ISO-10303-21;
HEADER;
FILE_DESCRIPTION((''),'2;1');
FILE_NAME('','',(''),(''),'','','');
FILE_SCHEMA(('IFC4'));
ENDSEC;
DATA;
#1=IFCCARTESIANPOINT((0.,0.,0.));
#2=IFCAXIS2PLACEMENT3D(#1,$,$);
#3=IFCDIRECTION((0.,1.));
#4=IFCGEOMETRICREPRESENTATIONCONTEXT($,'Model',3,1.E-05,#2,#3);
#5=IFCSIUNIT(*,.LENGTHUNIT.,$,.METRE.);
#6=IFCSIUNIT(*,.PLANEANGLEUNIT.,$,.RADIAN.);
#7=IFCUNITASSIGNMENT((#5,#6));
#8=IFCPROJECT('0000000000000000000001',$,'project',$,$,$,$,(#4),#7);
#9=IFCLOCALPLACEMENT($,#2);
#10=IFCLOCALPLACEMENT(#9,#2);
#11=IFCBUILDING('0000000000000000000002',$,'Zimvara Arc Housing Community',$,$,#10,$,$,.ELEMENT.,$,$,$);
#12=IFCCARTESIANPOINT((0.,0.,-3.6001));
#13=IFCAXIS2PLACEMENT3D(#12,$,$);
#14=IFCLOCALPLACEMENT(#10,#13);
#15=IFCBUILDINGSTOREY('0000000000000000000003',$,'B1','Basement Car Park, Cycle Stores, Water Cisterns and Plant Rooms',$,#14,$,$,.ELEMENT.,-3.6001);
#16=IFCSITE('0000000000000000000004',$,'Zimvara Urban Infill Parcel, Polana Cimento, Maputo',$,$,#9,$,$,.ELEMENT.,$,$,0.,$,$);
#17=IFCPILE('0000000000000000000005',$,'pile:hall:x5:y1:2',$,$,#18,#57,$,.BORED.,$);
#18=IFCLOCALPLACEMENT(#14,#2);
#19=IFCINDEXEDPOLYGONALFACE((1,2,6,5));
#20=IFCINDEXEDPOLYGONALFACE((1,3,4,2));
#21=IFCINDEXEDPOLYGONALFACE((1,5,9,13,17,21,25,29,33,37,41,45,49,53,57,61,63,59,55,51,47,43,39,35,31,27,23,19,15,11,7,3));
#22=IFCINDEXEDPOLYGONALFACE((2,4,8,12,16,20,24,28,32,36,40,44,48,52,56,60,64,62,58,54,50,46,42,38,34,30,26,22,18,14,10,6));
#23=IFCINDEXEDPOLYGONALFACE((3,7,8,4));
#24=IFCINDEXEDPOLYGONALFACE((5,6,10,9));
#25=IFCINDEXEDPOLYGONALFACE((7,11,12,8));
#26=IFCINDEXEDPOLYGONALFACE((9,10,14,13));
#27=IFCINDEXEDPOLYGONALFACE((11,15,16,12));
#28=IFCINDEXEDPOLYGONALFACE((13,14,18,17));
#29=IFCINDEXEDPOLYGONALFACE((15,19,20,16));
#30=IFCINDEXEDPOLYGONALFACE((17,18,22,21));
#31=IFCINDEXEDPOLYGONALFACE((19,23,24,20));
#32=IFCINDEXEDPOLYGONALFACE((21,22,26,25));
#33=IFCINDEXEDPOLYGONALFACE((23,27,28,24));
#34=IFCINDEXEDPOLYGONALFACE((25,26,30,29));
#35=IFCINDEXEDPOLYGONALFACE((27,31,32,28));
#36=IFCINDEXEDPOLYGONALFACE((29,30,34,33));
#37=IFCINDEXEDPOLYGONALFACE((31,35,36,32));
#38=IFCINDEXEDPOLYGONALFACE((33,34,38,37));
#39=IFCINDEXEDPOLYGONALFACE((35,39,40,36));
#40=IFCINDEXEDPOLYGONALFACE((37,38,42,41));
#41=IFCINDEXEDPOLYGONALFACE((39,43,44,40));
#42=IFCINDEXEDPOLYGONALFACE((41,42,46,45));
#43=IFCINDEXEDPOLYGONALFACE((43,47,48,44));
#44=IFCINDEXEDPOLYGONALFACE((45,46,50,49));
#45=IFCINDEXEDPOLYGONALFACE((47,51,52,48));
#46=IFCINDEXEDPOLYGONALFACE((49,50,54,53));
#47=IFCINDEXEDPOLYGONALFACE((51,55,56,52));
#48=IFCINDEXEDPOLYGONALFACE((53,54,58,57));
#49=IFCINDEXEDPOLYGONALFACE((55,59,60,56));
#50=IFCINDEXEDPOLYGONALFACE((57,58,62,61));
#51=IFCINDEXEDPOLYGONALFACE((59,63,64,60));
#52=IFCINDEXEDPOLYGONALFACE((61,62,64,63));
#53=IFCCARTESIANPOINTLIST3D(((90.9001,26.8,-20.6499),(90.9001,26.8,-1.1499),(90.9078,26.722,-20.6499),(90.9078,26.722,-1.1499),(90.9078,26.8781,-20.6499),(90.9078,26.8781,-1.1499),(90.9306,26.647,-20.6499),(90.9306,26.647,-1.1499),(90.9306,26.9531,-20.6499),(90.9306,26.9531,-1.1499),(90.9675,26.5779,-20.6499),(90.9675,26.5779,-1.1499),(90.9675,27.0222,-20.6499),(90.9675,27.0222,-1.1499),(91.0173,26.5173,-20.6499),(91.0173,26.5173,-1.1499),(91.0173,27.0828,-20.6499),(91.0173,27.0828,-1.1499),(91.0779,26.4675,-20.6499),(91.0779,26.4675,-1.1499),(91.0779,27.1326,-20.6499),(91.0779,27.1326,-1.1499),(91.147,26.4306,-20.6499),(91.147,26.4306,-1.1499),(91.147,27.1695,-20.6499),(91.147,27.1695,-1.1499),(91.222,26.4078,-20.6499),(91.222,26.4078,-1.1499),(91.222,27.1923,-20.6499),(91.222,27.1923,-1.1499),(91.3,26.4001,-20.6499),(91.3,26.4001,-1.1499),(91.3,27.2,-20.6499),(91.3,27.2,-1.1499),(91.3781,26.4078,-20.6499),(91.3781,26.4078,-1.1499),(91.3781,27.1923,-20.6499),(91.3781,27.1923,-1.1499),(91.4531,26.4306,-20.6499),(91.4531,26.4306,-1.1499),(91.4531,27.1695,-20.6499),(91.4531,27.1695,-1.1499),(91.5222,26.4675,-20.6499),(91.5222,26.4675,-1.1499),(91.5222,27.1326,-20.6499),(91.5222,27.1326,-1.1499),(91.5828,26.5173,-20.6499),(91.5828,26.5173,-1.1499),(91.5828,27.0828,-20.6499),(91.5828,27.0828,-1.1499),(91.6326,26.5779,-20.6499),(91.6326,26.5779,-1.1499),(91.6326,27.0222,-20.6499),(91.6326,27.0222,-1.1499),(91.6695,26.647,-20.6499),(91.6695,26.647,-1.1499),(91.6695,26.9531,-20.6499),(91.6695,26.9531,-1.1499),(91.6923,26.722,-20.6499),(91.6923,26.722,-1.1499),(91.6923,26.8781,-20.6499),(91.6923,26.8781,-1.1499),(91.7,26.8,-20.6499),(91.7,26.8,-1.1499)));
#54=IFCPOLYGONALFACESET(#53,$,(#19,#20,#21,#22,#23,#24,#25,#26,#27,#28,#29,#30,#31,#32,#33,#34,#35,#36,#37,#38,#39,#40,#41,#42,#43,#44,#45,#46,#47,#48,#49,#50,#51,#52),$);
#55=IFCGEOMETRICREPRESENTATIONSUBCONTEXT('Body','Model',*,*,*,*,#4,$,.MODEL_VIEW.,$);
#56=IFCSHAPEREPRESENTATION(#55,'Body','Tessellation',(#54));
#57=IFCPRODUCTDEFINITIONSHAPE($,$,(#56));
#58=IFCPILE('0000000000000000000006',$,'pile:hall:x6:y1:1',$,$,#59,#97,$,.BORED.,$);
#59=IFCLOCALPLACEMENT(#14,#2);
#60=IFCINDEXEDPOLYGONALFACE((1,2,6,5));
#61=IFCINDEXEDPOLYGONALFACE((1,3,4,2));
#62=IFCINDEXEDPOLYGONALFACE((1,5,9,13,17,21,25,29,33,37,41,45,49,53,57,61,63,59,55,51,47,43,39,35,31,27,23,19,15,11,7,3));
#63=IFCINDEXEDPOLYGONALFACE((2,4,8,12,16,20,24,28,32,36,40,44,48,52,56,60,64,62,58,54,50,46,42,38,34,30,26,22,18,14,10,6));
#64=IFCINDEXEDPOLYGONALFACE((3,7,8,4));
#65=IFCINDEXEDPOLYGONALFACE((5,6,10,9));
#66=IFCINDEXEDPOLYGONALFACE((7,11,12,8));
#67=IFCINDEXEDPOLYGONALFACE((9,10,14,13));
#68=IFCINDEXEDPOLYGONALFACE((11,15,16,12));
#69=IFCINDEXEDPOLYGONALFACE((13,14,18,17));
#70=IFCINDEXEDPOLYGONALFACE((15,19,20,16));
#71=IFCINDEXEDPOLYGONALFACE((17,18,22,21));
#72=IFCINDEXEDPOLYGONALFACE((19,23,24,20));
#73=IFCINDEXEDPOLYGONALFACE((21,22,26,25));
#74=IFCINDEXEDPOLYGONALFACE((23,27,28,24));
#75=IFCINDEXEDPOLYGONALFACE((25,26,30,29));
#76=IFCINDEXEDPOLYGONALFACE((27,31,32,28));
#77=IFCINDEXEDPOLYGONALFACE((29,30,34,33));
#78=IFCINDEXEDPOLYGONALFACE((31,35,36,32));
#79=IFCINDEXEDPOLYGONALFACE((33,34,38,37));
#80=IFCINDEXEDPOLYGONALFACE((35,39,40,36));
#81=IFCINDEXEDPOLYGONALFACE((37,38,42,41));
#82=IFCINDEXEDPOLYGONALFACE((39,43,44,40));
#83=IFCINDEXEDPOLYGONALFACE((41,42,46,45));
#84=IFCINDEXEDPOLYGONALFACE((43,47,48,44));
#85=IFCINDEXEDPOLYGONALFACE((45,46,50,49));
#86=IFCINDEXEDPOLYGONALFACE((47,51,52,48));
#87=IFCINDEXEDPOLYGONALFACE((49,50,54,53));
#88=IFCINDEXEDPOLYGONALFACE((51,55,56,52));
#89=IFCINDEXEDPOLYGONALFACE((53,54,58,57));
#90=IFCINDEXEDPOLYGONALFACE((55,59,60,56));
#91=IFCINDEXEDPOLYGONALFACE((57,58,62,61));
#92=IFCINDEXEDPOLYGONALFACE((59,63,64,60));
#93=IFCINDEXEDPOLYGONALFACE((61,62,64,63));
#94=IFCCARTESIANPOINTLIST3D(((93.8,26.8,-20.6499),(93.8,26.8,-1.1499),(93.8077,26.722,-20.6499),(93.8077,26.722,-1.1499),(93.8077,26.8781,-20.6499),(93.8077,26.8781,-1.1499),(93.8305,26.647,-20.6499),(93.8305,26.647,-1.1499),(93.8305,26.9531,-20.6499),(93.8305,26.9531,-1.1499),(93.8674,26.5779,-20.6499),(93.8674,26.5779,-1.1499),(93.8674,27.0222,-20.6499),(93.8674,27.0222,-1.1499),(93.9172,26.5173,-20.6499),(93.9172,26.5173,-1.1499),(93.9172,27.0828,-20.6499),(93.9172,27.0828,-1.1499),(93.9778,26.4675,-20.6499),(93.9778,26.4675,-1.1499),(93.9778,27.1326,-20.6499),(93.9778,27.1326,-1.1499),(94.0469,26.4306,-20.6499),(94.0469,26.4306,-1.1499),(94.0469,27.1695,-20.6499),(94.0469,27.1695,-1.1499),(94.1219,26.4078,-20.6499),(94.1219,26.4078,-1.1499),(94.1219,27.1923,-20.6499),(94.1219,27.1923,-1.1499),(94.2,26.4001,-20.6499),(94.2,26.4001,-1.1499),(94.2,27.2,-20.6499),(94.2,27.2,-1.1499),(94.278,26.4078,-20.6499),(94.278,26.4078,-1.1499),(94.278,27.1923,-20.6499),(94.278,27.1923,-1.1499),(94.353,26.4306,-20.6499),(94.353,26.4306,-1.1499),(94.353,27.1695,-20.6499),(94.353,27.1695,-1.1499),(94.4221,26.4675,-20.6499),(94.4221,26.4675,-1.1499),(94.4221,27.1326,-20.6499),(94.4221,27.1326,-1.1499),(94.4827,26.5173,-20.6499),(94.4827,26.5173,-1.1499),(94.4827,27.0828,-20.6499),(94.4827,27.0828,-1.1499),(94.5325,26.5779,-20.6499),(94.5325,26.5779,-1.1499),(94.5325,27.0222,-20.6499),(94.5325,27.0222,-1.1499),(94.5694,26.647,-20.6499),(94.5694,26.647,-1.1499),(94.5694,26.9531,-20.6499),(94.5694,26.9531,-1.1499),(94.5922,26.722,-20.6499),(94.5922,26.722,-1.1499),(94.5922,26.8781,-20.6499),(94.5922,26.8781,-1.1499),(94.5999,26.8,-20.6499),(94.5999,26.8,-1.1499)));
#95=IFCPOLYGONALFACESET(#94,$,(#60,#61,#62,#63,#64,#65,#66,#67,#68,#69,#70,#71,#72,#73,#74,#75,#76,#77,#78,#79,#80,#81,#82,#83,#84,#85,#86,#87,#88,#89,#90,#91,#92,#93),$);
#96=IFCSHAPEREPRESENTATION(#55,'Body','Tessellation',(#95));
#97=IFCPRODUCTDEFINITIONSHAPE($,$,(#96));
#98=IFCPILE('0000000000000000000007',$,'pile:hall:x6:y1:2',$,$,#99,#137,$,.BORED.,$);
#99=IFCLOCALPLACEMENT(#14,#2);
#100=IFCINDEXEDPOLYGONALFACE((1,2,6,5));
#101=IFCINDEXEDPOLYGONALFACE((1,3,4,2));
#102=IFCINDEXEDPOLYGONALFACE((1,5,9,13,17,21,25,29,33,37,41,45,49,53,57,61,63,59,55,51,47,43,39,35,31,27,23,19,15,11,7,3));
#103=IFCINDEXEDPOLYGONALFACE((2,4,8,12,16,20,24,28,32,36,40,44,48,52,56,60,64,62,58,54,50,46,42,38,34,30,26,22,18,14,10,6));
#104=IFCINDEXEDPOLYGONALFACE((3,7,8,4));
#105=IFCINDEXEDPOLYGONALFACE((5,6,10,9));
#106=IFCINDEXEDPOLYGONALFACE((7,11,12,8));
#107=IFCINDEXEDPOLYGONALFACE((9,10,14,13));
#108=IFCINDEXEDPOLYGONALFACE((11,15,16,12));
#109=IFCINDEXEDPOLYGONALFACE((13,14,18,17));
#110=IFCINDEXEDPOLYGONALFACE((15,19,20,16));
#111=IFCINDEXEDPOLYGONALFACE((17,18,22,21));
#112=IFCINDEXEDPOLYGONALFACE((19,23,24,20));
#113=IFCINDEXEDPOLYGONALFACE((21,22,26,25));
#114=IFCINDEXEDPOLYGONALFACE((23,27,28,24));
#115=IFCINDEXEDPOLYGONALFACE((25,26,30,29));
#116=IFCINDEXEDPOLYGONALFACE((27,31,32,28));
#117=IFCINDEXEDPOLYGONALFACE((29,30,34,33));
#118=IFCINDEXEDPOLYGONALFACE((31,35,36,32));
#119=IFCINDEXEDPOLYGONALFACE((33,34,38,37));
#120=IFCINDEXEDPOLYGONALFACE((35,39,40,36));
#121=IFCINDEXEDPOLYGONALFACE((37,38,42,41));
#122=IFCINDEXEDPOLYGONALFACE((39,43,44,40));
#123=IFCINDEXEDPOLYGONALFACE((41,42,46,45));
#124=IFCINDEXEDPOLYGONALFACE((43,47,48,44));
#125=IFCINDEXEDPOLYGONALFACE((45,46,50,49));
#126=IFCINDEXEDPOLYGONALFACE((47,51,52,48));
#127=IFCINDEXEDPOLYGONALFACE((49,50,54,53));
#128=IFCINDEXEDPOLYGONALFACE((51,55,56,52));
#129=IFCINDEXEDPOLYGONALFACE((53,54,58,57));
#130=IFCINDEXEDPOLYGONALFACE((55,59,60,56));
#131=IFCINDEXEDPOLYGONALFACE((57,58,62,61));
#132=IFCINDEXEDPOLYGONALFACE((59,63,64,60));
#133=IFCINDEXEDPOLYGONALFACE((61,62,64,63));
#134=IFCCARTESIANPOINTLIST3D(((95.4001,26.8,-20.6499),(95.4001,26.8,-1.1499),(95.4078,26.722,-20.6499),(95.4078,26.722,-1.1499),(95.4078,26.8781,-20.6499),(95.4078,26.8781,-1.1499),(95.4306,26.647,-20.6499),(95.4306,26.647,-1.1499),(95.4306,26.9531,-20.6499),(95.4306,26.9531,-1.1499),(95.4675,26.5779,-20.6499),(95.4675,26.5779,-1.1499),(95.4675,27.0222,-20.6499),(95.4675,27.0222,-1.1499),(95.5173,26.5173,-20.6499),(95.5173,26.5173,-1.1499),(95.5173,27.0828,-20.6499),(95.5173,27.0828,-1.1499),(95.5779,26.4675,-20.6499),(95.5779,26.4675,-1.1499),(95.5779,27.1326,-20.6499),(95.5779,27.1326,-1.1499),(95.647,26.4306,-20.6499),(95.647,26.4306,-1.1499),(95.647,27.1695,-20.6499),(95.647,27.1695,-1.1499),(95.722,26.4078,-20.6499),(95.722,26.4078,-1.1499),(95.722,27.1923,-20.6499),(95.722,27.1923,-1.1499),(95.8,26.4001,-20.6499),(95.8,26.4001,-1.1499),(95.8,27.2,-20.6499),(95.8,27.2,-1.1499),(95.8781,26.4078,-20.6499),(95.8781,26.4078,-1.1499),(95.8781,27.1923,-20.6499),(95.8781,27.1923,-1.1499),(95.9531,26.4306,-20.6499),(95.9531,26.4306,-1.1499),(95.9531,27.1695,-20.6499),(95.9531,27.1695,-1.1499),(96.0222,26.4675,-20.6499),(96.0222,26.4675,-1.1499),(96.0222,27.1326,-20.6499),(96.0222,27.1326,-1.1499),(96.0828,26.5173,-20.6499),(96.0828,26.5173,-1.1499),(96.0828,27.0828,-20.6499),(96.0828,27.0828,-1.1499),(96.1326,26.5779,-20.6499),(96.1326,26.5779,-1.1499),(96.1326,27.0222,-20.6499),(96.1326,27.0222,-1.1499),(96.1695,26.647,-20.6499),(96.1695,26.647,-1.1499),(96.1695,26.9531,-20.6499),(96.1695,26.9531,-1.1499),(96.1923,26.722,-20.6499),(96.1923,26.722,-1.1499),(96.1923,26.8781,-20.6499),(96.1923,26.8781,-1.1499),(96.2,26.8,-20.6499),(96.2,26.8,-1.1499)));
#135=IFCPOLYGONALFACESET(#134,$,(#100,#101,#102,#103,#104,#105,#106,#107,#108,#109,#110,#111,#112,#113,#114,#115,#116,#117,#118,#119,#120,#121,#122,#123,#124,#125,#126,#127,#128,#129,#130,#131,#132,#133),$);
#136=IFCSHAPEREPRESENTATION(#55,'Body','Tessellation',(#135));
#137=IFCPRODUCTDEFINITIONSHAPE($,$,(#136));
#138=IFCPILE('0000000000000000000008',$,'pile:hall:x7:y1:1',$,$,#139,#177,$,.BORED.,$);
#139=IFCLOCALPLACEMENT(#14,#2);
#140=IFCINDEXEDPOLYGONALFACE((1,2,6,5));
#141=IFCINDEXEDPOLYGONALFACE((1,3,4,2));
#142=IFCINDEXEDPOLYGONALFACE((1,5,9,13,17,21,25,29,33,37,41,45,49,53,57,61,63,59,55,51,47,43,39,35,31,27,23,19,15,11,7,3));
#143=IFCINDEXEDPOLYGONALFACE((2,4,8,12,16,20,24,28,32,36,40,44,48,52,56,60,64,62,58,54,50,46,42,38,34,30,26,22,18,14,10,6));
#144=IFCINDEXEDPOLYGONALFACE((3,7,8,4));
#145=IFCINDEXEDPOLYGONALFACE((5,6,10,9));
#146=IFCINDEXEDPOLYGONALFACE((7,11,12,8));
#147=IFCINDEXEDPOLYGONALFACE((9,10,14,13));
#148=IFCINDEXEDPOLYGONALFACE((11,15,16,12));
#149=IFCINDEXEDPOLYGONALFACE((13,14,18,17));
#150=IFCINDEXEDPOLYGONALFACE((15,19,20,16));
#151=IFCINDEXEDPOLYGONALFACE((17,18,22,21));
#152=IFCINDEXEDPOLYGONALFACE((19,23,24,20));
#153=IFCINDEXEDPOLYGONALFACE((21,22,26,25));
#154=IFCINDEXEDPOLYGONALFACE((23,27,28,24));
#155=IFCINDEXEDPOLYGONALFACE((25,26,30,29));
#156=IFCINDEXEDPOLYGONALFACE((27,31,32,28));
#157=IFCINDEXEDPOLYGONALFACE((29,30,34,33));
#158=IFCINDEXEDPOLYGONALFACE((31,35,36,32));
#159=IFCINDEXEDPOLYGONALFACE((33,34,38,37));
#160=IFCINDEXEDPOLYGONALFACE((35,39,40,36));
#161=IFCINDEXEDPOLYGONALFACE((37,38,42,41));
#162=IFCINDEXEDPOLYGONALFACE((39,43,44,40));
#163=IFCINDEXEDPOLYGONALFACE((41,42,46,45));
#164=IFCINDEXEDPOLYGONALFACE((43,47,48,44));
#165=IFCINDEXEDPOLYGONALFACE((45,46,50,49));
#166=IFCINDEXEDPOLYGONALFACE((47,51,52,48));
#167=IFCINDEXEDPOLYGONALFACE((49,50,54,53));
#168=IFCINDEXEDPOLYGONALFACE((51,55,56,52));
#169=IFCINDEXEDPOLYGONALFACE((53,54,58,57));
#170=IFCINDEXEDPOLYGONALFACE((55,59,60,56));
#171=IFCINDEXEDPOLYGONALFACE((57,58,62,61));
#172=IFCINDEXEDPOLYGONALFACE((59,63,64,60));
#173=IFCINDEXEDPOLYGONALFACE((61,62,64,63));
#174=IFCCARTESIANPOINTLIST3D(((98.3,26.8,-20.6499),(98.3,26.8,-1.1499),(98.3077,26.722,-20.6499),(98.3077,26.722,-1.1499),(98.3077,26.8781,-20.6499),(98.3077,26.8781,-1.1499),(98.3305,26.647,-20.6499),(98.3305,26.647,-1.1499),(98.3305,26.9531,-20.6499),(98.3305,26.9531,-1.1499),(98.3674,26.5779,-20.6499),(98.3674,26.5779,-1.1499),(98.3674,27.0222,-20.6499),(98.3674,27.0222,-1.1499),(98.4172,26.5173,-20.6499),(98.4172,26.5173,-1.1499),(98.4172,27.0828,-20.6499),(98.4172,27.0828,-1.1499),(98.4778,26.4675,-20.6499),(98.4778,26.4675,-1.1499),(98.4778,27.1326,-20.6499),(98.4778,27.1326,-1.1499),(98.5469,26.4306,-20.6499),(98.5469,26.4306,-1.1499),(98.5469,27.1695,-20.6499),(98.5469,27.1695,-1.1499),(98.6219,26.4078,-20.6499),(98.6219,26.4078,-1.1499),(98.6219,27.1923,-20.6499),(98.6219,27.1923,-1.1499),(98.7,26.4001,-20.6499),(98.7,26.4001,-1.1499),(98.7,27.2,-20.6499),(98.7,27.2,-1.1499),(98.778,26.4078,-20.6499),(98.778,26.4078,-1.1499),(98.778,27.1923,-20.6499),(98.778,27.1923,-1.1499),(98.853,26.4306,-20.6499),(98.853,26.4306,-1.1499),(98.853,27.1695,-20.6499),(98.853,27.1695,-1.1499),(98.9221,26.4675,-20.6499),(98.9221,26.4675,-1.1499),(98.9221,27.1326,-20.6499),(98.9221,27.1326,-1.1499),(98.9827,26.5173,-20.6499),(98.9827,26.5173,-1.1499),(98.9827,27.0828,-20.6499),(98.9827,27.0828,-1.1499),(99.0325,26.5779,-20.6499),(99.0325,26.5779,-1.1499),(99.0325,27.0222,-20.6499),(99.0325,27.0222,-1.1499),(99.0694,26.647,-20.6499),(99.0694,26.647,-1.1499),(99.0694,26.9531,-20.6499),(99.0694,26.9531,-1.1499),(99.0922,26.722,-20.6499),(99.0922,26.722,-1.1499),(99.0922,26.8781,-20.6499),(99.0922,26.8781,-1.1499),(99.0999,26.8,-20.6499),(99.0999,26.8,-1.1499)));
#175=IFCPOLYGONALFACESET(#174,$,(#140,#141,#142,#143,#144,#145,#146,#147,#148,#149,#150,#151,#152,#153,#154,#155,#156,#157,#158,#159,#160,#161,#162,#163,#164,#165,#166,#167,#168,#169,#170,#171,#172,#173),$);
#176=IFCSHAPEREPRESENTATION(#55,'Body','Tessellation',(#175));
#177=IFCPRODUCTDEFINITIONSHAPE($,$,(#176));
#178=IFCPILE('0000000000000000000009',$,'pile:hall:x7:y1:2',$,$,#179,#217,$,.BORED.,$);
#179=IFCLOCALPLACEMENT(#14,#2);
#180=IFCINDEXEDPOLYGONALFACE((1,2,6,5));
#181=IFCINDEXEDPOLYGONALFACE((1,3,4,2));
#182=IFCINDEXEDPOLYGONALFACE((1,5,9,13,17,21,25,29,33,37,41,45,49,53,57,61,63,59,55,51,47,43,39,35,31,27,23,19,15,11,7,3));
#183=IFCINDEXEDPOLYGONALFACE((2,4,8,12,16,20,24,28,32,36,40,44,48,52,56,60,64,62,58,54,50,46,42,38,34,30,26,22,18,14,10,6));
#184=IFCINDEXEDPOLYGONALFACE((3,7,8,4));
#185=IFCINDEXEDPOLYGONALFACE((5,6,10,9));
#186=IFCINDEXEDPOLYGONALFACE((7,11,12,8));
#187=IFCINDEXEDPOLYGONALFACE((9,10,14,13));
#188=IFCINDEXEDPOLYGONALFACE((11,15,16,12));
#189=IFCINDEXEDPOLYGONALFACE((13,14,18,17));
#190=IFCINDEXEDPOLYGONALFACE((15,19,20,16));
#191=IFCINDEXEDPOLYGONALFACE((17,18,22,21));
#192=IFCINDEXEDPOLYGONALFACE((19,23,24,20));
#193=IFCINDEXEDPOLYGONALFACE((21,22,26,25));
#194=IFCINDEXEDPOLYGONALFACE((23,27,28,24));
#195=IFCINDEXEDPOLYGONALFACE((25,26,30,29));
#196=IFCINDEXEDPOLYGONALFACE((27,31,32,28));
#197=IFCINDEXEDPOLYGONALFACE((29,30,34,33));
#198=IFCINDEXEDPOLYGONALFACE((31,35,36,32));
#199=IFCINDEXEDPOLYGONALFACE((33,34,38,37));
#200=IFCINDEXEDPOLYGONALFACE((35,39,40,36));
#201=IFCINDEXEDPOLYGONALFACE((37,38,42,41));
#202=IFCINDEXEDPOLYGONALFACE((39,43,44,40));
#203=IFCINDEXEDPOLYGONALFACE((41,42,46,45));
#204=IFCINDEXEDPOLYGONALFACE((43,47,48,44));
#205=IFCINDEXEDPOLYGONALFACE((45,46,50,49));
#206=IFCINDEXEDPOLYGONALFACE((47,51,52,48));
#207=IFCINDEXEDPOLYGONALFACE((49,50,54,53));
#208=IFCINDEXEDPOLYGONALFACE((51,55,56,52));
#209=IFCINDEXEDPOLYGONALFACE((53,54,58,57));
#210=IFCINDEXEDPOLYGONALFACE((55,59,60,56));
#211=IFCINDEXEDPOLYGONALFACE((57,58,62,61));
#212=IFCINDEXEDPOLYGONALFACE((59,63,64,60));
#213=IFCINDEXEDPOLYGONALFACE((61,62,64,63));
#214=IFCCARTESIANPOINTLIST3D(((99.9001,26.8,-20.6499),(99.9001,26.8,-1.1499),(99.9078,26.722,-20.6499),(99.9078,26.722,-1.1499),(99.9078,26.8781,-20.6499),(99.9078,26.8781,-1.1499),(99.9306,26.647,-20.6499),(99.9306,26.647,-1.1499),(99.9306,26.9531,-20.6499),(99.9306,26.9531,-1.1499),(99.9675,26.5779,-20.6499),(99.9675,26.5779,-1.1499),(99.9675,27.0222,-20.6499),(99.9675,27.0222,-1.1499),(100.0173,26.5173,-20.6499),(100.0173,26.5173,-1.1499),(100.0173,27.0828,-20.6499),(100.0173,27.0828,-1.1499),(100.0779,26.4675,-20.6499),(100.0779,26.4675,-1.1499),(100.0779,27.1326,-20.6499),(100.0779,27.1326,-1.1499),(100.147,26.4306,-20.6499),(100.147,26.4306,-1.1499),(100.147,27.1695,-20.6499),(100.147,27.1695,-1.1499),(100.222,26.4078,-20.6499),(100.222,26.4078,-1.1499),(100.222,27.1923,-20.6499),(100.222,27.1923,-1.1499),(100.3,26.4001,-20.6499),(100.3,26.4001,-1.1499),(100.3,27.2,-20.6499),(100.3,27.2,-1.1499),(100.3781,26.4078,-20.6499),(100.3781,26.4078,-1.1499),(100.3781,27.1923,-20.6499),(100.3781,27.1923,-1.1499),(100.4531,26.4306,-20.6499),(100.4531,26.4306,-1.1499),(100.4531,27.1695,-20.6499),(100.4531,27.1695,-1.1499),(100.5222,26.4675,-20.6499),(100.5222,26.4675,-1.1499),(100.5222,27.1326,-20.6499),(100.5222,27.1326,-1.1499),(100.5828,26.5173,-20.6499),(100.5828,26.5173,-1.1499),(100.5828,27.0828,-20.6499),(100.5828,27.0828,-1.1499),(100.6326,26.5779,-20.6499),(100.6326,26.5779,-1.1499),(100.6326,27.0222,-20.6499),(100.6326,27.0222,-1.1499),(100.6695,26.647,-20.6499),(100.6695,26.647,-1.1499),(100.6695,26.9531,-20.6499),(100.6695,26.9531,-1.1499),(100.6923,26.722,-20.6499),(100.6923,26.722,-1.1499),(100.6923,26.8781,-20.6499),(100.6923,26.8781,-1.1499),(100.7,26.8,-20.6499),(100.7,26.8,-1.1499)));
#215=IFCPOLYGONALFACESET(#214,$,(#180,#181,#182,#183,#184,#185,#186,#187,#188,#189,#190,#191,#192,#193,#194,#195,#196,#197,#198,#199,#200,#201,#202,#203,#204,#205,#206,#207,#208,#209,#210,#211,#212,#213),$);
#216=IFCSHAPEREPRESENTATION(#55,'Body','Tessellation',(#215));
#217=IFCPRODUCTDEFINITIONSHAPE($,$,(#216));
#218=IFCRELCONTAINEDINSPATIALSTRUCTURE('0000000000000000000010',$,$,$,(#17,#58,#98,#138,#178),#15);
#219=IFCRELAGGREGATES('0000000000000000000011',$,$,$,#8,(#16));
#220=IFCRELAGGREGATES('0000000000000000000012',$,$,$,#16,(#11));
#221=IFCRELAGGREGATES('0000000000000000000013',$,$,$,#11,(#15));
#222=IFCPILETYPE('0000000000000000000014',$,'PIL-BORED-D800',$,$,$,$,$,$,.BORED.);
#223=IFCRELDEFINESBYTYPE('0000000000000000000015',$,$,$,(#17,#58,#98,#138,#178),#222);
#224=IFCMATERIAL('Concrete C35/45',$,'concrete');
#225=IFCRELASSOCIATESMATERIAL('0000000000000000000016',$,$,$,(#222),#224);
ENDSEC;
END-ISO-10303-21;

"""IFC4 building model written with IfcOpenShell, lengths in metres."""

from ifc_helpers import new_model, si_unit, direction, frame, origin, origin_2d, place, context, subcontext, project, spatial, circle, extrude, material, material_profile, profile_set, type_object, element, save


model = new_model("IFC4")

# Units and contexts
model_context = context("Model", 3, precision=1e-05, world=origin(), true_north=direction((0.0, 1.0)))
body_context = subcontext(model_context, "Body", "Model", "MODEL_VIEW")
ifc_project = project(units=[si_unit("LENGTHUNIT", "METRE"), si_unit("PLANEANGLEUNIT", "RADIAN")], contexts=[model_context])

# Site, building, storey
site_placement = place(None, origin())
site = spatial("IfcSite", under=ifc_project, at=site_placement, Name="Zimvara Urban Infill Parcel, Polana Cimento, Maputo", CompositionType="ELEMENT", RefElevation=0.0)
building_placement = place(site_placement, origin())
building = spatial("IfcBuilding", under=site, at=building_placement, Name="Zimvara Arc Housing Community", CompositionType="ELEMENT")
storey_placement = place(building_placement, frame((0.0, 0.0, -3.6001)))
storey = spatial("IfcBuildingStorey", under=building, at=storey_placement, Name="B1", Description="Basement Car Park, Cycle Stores, Water Cisterns and Plant Rooms", CompositionType="ELEMENT", Elevation=-3.6001)

# Piles
ifc_material_1 = material(Name="Concrete C35/45", Category="concrete")
ifc_material_profile_1 = material_profile(ifc_material_1, circle(Radius=0.3999, at=origin_2d()), Name="PILE D800")
ifc_profile_set_1 = profile_set([ifc_material_profile_1], Name="Concrete C35/45")
pile_type_1 = type_object("IfcPileType", Name="PIL-BORED-D800", PredefinedType="BORED", material=ifc_profile_set_1)
for number, where, z_axis, x_axis, name in (
    (1, (91.3, 26.8, -1.1499), (0.0, 0.0, -1.0), (1.0, 0.0, 0.0), "pile:hall:x5:y1:2"),
    (2, (94.2, 26.8, -1.1499), (0.0, 0.0, -1.0), (1.0, 0.0, 0.0), "pile:hall:x6:y1:1"),
    (3, (95.8, 26.8, -1.1499), (0.0, 0.0, -1.0), (1.0, 0.0, 0.0), "pile:hall:x6:y1:2"),
    (4, (98.7, 26.8, -1.1499), (0.0, 0.0, -1.0), (1.0, 0.0, 0.0), "pile:hall:x7:y1:1"),
    (5, (100.3, 26.8, -1.1499), (0.0, 0.0, -1.0), (1.0, 0.0, 0.0), "pile:hall:x7:y1:2"),
):
    element("IfcPile", number, at=place(storey_placement, frame(where, z_axis=z_axis, x_axis=x_axis)), inside=storey, type_object=pile_type_1, Name=name, PredefinedType="BORED", context=body_context, shape_type="SweptSolid", body=[
        extrude(circle(Radius=0.3999, at=origin_2d()), origin(), (0.0, 0.0, 1.0), 19.5),
    ])

save(model, "model.ifc")
